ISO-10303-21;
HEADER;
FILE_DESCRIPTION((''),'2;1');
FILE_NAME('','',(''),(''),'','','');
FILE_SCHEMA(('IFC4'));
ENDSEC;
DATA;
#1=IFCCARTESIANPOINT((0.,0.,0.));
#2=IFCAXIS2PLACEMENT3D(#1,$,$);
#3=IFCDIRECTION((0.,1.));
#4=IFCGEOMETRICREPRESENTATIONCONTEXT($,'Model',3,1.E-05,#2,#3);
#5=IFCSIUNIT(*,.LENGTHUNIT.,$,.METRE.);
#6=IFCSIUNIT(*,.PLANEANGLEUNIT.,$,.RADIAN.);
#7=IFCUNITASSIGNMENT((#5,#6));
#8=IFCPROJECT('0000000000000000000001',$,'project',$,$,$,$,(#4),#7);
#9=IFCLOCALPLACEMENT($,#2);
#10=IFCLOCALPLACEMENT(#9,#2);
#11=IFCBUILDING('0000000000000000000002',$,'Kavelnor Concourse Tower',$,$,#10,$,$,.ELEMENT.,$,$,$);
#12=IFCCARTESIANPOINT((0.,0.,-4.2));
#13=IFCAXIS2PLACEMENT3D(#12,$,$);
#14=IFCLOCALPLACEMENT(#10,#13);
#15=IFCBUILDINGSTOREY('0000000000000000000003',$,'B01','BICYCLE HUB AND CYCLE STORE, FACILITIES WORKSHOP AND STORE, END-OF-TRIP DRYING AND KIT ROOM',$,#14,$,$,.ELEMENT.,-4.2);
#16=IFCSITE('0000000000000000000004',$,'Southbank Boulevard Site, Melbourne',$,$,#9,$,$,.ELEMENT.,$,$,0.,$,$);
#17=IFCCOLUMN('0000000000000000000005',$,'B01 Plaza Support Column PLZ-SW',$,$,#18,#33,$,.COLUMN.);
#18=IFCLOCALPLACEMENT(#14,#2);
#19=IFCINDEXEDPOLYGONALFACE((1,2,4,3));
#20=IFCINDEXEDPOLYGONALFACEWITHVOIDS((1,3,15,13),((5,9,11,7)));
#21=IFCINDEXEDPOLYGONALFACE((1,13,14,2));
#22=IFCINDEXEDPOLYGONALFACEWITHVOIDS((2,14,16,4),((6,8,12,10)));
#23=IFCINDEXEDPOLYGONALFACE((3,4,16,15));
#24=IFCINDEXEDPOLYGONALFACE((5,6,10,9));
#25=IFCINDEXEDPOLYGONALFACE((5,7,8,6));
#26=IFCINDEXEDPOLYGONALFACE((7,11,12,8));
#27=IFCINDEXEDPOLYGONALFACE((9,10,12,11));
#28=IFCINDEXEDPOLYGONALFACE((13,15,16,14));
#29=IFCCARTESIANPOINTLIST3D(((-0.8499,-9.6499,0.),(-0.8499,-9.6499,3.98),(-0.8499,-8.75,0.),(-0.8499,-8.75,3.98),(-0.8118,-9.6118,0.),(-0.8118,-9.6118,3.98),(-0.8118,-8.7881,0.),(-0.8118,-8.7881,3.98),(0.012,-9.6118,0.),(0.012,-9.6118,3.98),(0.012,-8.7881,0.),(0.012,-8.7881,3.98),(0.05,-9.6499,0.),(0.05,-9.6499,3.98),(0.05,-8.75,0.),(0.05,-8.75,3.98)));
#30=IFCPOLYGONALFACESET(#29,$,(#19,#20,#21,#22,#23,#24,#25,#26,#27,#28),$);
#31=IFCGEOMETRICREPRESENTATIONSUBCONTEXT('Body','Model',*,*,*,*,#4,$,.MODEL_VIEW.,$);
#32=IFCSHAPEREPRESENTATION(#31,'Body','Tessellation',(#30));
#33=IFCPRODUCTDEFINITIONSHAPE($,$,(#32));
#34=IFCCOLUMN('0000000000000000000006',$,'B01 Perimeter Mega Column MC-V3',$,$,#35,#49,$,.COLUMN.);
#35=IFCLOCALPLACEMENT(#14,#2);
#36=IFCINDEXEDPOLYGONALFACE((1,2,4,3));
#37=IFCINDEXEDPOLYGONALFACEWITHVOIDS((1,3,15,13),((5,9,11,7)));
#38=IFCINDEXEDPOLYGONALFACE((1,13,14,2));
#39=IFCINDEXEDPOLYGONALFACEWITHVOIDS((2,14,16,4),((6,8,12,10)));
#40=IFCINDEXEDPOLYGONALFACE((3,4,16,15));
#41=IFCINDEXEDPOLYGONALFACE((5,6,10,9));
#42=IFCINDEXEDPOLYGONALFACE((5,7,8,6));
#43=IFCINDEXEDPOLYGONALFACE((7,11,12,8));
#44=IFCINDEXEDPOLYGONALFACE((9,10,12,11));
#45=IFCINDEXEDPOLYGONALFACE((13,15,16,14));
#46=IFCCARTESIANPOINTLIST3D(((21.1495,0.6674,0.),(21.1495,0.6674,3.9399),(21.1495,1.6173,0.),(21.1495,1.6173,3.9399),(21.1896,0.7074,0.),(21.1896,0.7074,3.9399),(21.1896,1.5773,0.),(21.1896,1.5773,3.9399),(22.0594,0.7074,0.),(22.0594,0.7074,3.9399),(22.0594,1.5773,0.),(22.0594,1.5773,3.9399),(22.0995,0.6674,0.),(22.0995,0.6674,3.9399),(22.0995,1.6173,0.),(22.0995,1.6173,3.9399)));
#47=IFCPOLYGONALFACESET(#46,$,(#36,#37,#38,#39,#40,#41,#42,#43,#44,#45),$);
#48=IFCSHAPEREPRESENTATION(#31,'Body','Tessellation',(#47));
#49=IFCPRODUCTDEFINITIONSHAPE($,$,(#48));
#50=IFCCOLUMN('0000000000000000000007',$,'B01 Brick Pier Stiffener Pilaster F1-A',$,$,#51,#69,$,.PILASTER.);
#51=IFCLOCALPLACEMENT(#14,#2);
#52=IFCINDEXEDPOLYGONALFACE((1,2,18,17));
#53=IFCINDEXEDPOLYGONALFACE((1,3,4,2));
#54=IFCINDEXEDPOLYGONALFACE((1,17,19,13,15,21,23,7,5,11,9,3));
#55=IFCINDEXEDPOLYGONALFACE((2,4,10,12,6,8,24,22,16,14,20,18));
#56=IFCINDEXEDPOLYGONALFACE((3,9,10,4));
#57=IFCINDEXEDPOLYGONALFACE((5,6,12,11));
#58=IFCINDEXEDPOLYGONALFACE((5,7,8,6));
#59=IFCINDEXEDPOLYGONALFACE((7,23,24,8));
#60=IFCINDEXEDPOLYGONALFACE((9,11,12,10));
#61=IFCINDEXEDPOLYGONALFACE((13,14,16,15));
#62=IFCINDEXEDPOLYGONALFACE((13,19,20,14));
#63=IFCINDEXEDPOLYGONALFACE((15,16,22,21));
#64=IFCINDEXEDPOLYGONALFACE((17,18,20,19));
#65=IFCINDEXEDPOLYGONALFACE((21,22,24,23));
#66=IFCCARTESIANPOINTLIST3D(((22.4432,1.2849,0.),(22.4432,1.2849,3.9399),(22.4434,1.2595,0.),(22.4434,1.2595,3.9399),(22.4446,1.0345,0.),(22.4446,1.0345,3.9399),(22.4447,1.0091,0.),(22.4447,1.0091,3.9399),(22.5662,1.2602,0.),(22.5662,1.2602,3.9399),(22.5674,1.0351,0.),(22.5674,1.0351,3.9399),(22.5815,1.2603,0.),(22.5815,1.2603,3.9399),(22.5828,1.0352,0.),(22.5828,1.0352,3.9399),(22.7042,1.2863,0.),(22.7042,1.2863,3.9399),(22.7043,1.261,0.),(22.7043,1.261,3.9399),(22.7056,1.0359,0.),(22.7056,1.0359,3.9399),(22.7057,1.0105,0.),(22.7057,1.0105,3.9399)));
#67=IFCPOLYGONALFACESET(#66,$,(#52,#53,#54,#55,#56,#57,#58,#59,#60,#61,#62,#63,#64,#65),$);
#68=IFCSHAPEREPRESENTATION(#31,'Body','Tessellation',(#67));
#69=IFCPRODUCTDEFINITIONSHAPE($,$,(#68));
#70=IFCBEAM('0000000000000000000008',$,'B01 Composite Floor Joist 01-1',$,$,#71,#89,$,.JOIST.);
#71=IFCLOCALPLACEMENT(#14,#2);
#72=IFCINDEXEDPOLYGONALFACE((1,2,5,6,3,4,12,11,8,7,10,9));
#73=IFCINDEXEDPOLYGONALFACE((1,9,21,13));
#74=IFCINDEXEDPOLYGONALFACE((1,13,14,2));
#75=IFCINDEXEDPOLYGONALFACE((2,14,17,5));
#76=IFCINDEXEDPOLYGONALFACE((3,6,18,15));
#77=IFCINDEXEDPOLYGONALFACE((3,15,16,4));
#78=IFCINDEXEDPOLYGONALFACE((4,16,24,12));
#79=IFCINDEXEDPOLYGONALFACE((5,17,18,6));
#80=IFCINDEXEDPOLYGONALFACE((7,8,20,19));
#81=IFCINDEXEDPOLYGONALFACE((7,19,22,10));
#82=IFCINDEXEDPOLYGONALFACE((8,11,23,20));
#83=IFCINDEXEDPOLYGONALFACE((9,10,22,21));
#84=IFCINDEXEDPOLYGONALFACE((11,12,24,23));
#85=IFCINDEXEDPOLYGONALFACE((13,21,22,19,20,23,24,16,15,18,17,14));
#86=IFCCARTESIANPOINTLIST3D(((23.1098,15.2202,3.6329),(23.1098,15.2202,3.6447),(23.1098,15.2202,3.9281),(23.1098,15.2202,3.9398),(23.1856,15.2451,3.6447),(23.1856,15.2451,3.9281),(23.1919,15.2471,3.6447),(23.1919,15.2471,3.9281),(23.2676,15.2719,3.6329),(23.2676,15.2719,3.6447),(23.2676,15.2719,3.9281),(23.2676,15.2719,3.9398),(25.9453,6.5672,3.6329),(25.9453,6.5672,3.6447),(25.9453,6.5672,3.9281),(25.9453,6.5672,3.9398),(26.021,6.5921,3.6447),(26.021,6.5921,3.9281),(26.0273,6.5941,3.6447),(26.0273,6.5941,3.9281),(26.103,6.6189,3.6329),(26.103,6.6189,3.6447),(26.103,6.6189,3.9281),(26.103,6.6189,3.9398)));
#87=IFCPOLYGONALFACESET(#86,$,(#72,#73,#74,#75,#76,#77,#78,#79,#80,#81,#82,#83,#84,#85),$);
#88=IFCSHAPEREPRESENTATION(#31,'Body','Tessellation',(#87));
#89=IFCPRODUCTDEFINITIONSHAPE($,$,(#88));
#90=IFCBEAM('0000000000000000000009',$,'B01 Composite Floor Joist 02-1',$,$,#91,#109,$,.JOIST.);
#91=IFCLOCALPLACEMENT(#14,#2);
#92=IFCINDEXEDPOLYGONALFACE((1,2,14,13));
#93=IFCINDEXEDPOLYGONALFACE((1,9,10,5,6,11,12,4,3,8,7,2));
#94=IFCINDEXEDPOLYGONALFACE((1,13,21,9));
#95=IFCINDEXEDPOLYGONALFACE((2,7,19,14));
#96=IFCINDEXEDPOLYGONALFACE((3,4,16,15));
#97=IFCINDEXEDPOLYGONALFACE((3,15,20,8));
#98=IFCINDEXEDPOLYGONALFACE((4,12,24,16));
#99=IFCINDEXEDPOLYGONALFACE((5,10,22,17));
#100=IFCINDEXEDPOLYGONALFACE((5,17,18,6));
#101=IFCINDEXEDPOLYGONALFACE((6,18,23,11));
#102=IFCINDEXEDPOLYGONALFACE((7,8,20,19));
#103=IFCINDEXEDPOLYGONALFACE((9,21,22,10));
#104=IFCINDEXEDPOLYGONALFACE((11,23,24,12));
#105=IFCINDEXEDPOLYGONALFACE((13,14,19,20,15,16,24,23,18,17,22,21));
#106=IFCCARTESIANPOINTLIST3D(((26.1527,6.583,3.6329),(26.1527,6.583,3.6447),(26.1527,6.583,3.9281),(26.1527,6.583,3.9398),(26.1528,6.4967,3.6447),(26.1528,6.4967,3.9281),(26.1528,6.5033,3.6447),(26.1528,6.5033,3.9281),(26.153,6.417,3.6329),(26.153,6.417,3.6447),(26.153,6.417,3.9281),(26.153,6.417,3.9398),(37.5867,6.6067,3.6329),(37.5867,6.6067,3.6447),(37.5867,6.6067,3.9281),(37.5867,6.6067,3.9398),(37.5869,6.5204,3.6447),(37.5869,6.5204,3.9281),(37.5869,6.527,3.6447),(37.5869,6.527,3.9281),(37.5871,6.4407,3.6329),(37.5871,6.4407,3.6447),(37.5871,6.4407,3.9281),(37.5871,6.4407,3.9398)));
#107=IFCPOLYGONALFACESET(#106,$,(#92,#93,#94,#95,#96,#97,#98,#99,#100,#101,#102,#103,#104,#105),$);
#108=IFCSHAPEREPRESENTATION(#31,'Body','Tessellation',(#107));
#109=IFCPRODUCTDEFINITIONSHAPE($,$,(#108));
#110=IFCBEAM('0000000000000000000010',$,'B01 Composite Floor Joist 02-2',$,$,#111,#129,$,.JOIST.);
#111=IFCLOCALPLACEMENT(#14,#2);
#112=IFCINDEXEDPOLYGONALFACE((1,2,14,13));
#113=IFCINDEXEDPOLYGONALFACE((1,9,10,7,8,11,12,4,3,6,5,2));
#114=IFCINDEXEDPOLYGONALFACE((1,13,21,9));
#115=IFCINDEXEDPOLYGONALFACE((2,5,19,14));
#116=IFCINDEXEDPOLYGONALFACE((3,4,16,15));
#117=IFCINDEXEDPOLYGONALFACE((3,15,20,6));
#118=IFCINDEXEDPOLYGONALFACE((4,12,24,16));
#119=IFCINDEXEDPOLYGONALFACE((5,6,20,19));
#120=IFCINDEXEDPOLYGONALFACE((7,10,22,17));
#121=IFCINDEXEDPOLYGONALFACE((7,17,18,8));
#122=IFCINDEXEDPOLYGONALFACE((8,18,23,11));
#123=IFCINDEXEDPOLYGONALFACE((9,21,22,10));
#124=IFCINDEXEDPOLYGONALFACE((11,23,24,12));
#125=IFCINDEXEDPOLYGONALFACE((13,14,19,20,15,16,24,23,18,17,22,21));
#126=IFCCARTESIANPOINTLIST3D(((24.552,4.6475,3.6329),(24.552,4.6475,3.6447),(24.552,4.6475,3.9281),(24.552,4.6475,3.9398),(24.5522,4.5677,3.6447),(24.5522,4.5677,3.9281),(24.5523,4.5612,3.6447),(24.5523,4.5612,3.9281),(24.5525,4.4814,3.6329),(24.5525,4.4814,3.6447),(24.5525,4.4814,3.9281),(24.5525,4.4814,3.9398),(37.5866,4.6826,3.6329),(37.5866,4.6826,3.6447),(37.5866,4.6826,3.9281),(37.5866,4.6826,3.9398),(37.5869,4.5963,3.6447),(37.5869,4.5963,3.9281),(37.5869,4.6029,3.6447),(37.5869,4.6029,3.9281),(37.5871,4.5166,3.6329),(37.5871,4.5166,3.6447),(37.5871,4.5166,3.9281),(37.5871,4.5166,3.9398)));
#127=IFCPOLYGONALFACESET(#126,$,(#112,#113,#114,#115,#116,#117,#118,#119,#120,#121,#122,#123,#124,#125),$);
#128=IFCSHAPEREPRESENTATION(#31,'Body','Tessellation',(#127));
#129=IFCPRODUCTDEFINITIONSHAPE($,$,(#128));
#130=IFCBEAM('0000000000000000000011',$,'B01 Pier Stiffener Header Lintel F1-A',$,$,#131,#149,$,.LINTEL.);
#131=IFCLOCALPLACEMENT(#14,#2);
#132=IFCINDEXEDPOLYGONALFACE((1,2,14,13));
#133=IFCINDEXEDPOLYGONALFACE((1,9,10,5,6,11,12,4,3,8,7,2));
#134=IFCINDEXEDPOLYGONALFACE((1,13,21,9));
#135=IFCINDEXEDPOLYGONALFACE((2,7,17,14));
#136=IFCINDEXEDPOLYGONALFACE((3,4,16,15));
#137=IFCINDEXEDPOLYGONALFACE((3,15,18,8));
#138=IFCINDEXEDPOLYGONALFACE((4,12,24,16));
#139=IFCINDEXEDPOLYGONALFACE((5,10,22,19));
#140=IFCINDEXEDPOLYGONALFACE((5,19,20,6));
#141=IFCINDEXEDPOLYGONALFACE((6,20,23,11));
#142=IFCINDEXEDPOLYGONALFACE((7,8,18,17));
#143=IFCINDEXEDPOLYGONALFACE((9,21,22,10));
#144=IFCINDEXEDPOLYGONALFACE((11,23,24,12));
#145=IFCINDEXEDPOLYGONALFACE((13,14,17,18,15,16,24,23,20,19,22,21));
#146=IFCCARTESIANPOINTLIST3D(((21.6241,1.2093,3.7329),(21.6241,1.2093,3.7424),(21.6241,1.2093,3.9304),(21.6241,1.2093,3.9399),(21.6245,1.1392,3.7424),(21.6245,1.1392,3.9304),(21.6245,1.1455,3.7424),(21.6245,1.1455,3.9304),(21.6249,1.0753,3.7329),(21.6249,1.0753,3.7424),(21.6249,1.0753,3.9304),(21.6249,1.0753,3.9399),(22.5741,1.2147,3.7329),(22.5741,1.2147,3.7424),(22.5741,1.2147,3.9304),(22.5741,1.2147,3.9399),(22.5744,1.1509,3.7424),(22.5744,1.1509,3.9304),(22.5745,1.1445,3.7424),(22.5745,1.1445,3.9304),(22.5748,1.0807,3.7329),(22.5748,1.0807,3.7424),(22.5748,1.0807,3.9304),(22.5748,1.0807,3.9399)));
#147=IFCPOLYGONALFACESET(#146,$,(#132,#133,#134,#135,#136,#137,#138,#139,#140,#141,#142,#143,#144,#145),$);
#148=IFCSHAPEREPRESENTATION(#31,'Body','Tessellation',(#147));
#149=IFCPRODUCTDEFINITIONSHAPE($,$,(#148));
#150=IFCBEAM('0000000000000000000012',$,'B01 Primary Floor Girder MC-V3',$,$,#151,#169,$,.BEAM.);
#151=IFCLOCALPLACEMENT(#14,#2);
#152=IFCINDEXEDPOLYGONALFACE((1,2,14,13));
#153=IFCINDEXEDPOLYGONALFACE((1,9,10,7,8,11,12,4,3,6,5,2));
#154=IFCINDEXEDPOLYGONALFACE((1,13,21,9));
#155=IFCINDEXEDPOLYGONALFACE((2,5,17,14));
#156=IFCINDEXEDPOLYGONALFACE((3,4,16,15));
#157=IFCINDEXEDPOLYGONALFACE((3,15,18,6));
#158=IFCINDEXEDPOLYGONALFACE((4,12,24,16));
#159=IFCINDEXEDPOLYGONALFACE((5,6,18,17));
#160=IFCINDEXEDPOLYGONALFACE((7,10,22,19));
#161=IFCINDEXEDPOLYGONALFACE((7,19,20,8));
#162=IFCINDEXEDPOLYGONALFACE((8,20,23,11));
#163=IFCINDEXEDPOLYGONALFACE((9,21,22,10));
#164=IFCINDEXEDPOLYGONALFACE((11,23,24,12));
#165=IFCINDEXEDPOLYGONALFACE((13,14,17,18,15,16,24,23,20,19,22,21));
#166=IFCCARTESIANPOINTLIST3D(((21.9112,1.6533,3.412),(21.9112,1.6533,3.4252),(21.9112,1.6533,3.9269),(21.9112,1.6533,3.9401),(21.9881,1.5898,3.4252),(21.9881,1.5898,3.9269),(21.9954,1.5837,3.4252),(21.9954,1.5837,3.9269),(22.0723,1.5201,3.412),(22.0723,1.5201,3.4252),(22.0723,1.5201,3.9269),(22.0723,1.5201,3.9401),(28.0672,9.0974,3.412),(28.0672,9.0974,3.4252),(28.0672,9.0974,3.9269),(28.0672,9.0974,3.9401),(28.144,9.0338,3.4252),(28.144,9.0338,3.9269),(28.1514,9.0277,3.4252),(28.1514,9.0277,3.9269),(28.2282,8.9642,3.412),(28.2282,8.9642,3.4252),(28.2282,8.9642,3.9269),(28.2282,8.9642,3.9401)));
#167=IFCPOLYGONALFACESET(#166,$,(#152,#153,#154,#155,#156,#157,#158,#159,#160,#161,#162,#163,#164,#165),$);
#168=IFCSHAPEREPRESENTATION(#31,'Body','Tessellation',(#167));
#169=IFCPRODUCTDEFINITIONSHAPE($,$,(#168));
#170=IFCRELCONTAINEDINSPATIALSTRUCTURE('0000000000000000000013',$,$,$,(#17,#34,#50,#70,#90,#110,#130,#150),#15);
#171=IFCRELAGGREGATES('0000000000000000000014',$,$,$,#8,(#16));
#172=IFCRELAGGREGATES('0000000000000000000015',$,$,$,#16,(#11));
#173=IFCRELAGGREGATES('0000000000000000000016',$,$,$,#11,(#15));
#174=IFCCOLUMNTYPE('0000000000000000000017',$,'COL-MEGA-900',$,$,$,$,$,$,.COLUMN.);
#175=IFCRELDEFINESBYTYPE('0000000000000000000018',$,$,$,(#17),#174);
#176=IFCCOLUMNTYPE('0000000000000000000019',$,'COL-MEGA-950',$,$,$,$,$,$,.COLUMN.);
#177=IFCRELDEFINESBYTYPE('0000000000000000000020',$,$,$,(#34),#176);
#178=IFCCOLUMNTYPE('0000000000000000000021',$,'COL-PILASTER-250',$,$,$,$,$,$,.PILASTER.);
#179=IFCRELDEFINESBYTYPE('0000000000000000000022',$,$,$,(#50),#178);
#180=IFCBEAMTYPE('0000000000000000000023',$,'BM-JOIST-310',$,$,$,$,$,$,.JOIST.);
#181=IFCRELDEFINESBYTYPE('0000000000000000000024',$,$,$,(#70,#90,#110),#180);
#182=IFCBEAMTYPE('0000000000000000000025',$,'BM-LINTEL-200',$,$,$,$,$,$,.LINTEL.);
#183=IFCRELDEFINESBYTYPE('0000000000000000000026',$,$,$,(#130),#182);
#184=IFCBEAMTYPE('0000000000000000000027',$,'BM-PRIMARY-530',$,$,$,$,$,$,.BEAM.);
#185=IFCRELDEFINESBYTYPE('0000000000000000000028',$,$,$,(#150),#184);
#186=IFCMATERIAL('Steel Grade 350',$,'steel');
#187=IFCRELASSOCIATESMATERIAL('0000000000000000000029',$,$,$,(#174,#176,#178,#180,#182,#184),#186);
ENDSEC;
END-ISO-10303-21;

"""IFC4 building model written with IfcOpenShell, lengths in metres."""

from ifc_helpers import new_model, si_unit, direction, frame, origin, origin_2d, place, context, subcontext, project, spatial, hollow_rectangle, i_section, extrude, material, material_profile, profile_set, type_object, element, save


model = new_model("IFC4")

# Units and contexts
model_context = context("Model", 3, precision=1e-05, world=origin(), true_north=direction((0.0, 1.0)))
body_context = subcontext(model_context, "Body", "Model", "MODEL_VIEW")
ifc_project = project(units=[si_unit("LENGTHUNIT", "METRE"), si_unit("PLANEANGLEUNIT", "RADIAN")], contexts=[model_context])

# Site, building, storey
site_placement = place(None, origin())
site = spatial("IfcSite", under=ifc_project, at=site_placement, Name="Southbank Boulevard Site, Melbourne", CompositionType="ELEMENT", RefElevation=0.0)
building_placement = place(site_placement, origin())
building = spatial("IfcBuilding", under=site, at=building_placement, Name="Kavelnor Concourse Tower", CompositionType="ELEMENT")
storey_placement = place(building_placement, frame((0.0, 0.0, -4.2)))
storey = spatial("IfcBuildingStorey", under=building, at=storey_placement, Name="B01", Description="BICYCLE HUB AND CYCLE STORE, FACILITIES WORKSHOP AND STORE, END-OF-TRIP DRYING AND KIT ROOM", CompositionType="ELEMENT", Elevation=-4.2)

# Columns
ifc_material_1 = material(Name="Steel Grade 350", Category="steel")
ifc_material_profile_1 = material_profile(ifc_material_1, hollow_rectangle(XDim=0.8999, YDim=0.8999, WallThickness=0.0381, at=origin_2d()), Name="SHS 900x900x38")
ifc_profile_set_1 = profile_set([ifc_material_profile_1], Name="Steel Grade 350")
column_type_1 = type_object("IfcColumnType", Name="COL-MEGA-900", PredefinedType="COLUMN", material=ifc_profile_set_1)
column_1_placement = place(storey_placement, frame((-0.3999, -9.2, 0.0), z_axis=(0.0, 0.0, 1.0), x_axis=(1.0, 0.0, 0.0)))
element("IfcColumn", 1, at=column_1_placement, inside=storey, type_object=column_type_1, Name="B01 Plaza Support Column PLZ-SW", PredefinedType="COLUMN", context=body_context, shape_type="SweptSolid", body=[
    extrude(hollow_rectangle(XDim=0.8999, YDim=0.8999, WallThickness=0.0381, at=origin_2d()), origin(), (0.0, 0.0, 1.0), 3.98),
])
ifc_material_profile_2 = material_profile(ifc_material_1, hollow_rectangle(XDim=0.95, YDim=0.95, WallThickness=0.04, at=origin_2d()), Name="SHS 950x950x40")
ifc_profile_set_2 = profile_set([ifc_material_profile_2], Name="Steel Grade 350")
column_type_2 = type_object("IfcColumnType", Name="COL-MEGA-950", PredefinedType="COLUMN", material=ifc_profile_set_2)
column_2_placement = place(storey_placement, frame((21.6245, 1.1423, 0.0), z_axis=(0.0, 0.0, 1.0), x_axis=(1.0, 0.0, 0.0)))
element("IfcColumn", 2, at=column_2_placement, inside=storey, type_object=column_type_2, Name="B01 Perimeter Mega Column MC-V3", PredefinedType="COLUMN", context=body_context, shape_type="SweptSolid", body=[
    extrude(hollow_rectangle(XDim=0.95, YDim=0.95, WallThickness=0.04, at=origin_2d()), origin(), (0.0, 0.0, 1.0), 3.9399),
])
ifc_material_profile_3 = material_profile(ifc_material_1, i_section(OverallWidth=0.261, OverallDepth=0.2759, WebThickness=0.0154, FlangeThickness=0.0254, at=origin_2d()), Name="UC 254x254x132")
ifc_profile_set_3 = profile_set([ifc_material_profile_3], Name="Steel Grade 350")
column_type_3 = type_object("IfcColumnType", Name="COL-PILASTER-250", PredefinedType="PILASTER", material=ifc_profile_set_3)
column_3_placement = place(storey_placement, frame((22.5745, 1.1477, 0.0), z_axis=(0.0, 0.0, 1.0), x_axis=(0.999985, 0.00541, 0.0)))
element("IfcColumn", 3, at=column_3_placement, inside=storey, type_object=column_type_3, Name="B01 Brick Pier Stiffener Pilaster F1-A", PredefinedType="PILASTER", context=body_context, shape_type="SweptSolid", body=[
    extrude(i_section(OverallWidth=0.261, OverallDepth=0.2759, WebThickness=0.0154, FlangeThickness=0.0254, at=origin_2d()), origin(), (0.0, 0.0, 1.0), 3.9399),
])

# Beams
ifc_material_profile_4 = material_profile(ifc_material_1, i_section(OverallWidth=0.166, OverallDepth=0.3069, WebThickness=0.0066, FlangeThickness=0.0117, at=origin_2d()), Name="310UB46")
ifc_profile_set_4 = profile_set([ifc_material_profile_4], Name="Steel Grade 350")
beam_type_1 = type_object("IfcBeamType", Name="BM-JOIST-310", PredefinedType="JOIST", material=ifc_profile_set_4)
beam_1_placement = place(storey_placement, frame((23.1887, 15.2461, 3.7864), z_axis=(0.31139, -0.950282, 0.0), x_axis=(0.950282, 0.31139, 0.0)))
element("IfcBeam", 4, at=beam_1_placement, inside=storey, type_object=beam_type_1, Name="B01 Composite Floor Joist 01-1", PredefinedType="JOIST", context=body_context, shape_type="SweptSolid", body=[
    extrude(i_section(OverallWidth=0.166, OverallDepth=0.3069, WebThickness=0.0066, FlangeThickness=0.0117, at=origin_2d()), origin(), (0.0, 0.0, 1.0), 9.1057),
])
beam_2_placement = place(storey_placement, frame((26.1528, 6.5, 3.7864), z_axis=(0.999998, 0.002071, 0.0), x_axis=(-0.002071, 0.999998, 0.0)))
element("IfcBeam", 5, at=beam_2_placement, inside=storey, type_object=beam_type_1, Name="B01 Composite Floor Joist 02-1", PredefinedType="JOIST", context=body_context, shape_type="SweptSolid", body=[
    extrude(i_section(OverallWidth=0.166, OverallDepth=0.3069, WebThickness=0.0066, FlangeThickness=0.0117, at=origin_2d()), origin(), (0.0, 0.0, 1.0), 11.4341),
])
beam_3_placement = place(storey_placement, frame((24.5522, 4.5645, 3.7864), z_axis=(0.999996, 0.002697, 0.0), x_axis=(-0.002697, 0.999996, 0.0)))
element("IfcBeam", 6, at=beam_3_placement, inside=storey, type_object=beam_type_1, Name="B01 Composite Floor Joist 02-2", PredefinedType="JOIST", context=body_context, shape_type="SweptSolid", body=[
    extrude(i_section(OverallWidth=0.166, OverallDepth=0.3069, WebThickness=0.0066, FlangeThickness=0.0117, at=origin_2d()), origin(), (0.0, 0.0, 1.0), 13.0347),
])
ifc_material_profile_5 = material_profile(ifc_material_1, i_section(OverallWidth=0.134, OverallDepth=0.207, WebThickness=0.0063, FlangeThickness=0.0095, at=origin_2d()), Name="200UB29")
ifc_profile_set_5 = profile_set([ifc_material_profile_5], Name="Steel Grade 350")
beam_type_2 = type_object("IfcBeamType", Name="BM-LINTEL-200", PredefinedType="LINTEL", material=ifc_profile_set_5)
beam_4_placement = place(storey_placement, frame((21.6245, 1.1423, 3.8364), z_axis=(0.999984, 0.005654, 0.0), x_axis=(-0.005654, 0.999984, 0.0)))
element("IfcBeam", 7, at=beam_4_placement, inside=storey, type_object=beam_type_2, Name="B01 Pier Stiffener Header Lintel F1-A", PredefinedType="LINTEL", context=body_context, shape_type="SweptSolid", body=[
    extrude(i_section(OverallWidth=0.134, OverallDepth=0.207, WebThickness=0.0063, FlangeThickness=0.0095, at=origin_2d()), origin(), (0.0, 0.0, 1.0), 0.95),
])
ifc_material_profile_6 = material_profile(ifc_material_1, i_section(OverallWidth=0.209, OverallDepth=0.5281, WebThickness=0.0095, FlangeThickness=0.0132, at=origin_2d()), Name="530UB82")
ifc_profile_set_6 = profile_set([ifc_material_profile_6], Name="Steel Grade 350")
beam_type_3 = type_object("IfcBeamType", Name="BM-PRIMARY-530", PredefinedType="BEAM", material=ifc_profile_set_6)
beam_5_placement = place(storey_placement, frame((28.1477, 9.0308, 3.676), z_axis=(-0.637284, -0.770629, 0.0), x_axis=(0.770629, -0.637284, 0.0)))
element("IfcBeam", 8, at=beam_5_placement, inside=storey, type_object=beam_type_3, Name="B01 Primary Floor Girder MC-V3", PredefinedType="BEAM", context=body_context, shape_type="SweptSolid", body=[
    extrude(i_section(OverallWidth=0.209, OverallDepth=0.5281, WebThickness=0.0095, FlangeThickness=0.0132, at=origin_2d()), origin(), (0.0, 0.0, 1.0), 9.6597),
])

save(model, "model.ifc")
